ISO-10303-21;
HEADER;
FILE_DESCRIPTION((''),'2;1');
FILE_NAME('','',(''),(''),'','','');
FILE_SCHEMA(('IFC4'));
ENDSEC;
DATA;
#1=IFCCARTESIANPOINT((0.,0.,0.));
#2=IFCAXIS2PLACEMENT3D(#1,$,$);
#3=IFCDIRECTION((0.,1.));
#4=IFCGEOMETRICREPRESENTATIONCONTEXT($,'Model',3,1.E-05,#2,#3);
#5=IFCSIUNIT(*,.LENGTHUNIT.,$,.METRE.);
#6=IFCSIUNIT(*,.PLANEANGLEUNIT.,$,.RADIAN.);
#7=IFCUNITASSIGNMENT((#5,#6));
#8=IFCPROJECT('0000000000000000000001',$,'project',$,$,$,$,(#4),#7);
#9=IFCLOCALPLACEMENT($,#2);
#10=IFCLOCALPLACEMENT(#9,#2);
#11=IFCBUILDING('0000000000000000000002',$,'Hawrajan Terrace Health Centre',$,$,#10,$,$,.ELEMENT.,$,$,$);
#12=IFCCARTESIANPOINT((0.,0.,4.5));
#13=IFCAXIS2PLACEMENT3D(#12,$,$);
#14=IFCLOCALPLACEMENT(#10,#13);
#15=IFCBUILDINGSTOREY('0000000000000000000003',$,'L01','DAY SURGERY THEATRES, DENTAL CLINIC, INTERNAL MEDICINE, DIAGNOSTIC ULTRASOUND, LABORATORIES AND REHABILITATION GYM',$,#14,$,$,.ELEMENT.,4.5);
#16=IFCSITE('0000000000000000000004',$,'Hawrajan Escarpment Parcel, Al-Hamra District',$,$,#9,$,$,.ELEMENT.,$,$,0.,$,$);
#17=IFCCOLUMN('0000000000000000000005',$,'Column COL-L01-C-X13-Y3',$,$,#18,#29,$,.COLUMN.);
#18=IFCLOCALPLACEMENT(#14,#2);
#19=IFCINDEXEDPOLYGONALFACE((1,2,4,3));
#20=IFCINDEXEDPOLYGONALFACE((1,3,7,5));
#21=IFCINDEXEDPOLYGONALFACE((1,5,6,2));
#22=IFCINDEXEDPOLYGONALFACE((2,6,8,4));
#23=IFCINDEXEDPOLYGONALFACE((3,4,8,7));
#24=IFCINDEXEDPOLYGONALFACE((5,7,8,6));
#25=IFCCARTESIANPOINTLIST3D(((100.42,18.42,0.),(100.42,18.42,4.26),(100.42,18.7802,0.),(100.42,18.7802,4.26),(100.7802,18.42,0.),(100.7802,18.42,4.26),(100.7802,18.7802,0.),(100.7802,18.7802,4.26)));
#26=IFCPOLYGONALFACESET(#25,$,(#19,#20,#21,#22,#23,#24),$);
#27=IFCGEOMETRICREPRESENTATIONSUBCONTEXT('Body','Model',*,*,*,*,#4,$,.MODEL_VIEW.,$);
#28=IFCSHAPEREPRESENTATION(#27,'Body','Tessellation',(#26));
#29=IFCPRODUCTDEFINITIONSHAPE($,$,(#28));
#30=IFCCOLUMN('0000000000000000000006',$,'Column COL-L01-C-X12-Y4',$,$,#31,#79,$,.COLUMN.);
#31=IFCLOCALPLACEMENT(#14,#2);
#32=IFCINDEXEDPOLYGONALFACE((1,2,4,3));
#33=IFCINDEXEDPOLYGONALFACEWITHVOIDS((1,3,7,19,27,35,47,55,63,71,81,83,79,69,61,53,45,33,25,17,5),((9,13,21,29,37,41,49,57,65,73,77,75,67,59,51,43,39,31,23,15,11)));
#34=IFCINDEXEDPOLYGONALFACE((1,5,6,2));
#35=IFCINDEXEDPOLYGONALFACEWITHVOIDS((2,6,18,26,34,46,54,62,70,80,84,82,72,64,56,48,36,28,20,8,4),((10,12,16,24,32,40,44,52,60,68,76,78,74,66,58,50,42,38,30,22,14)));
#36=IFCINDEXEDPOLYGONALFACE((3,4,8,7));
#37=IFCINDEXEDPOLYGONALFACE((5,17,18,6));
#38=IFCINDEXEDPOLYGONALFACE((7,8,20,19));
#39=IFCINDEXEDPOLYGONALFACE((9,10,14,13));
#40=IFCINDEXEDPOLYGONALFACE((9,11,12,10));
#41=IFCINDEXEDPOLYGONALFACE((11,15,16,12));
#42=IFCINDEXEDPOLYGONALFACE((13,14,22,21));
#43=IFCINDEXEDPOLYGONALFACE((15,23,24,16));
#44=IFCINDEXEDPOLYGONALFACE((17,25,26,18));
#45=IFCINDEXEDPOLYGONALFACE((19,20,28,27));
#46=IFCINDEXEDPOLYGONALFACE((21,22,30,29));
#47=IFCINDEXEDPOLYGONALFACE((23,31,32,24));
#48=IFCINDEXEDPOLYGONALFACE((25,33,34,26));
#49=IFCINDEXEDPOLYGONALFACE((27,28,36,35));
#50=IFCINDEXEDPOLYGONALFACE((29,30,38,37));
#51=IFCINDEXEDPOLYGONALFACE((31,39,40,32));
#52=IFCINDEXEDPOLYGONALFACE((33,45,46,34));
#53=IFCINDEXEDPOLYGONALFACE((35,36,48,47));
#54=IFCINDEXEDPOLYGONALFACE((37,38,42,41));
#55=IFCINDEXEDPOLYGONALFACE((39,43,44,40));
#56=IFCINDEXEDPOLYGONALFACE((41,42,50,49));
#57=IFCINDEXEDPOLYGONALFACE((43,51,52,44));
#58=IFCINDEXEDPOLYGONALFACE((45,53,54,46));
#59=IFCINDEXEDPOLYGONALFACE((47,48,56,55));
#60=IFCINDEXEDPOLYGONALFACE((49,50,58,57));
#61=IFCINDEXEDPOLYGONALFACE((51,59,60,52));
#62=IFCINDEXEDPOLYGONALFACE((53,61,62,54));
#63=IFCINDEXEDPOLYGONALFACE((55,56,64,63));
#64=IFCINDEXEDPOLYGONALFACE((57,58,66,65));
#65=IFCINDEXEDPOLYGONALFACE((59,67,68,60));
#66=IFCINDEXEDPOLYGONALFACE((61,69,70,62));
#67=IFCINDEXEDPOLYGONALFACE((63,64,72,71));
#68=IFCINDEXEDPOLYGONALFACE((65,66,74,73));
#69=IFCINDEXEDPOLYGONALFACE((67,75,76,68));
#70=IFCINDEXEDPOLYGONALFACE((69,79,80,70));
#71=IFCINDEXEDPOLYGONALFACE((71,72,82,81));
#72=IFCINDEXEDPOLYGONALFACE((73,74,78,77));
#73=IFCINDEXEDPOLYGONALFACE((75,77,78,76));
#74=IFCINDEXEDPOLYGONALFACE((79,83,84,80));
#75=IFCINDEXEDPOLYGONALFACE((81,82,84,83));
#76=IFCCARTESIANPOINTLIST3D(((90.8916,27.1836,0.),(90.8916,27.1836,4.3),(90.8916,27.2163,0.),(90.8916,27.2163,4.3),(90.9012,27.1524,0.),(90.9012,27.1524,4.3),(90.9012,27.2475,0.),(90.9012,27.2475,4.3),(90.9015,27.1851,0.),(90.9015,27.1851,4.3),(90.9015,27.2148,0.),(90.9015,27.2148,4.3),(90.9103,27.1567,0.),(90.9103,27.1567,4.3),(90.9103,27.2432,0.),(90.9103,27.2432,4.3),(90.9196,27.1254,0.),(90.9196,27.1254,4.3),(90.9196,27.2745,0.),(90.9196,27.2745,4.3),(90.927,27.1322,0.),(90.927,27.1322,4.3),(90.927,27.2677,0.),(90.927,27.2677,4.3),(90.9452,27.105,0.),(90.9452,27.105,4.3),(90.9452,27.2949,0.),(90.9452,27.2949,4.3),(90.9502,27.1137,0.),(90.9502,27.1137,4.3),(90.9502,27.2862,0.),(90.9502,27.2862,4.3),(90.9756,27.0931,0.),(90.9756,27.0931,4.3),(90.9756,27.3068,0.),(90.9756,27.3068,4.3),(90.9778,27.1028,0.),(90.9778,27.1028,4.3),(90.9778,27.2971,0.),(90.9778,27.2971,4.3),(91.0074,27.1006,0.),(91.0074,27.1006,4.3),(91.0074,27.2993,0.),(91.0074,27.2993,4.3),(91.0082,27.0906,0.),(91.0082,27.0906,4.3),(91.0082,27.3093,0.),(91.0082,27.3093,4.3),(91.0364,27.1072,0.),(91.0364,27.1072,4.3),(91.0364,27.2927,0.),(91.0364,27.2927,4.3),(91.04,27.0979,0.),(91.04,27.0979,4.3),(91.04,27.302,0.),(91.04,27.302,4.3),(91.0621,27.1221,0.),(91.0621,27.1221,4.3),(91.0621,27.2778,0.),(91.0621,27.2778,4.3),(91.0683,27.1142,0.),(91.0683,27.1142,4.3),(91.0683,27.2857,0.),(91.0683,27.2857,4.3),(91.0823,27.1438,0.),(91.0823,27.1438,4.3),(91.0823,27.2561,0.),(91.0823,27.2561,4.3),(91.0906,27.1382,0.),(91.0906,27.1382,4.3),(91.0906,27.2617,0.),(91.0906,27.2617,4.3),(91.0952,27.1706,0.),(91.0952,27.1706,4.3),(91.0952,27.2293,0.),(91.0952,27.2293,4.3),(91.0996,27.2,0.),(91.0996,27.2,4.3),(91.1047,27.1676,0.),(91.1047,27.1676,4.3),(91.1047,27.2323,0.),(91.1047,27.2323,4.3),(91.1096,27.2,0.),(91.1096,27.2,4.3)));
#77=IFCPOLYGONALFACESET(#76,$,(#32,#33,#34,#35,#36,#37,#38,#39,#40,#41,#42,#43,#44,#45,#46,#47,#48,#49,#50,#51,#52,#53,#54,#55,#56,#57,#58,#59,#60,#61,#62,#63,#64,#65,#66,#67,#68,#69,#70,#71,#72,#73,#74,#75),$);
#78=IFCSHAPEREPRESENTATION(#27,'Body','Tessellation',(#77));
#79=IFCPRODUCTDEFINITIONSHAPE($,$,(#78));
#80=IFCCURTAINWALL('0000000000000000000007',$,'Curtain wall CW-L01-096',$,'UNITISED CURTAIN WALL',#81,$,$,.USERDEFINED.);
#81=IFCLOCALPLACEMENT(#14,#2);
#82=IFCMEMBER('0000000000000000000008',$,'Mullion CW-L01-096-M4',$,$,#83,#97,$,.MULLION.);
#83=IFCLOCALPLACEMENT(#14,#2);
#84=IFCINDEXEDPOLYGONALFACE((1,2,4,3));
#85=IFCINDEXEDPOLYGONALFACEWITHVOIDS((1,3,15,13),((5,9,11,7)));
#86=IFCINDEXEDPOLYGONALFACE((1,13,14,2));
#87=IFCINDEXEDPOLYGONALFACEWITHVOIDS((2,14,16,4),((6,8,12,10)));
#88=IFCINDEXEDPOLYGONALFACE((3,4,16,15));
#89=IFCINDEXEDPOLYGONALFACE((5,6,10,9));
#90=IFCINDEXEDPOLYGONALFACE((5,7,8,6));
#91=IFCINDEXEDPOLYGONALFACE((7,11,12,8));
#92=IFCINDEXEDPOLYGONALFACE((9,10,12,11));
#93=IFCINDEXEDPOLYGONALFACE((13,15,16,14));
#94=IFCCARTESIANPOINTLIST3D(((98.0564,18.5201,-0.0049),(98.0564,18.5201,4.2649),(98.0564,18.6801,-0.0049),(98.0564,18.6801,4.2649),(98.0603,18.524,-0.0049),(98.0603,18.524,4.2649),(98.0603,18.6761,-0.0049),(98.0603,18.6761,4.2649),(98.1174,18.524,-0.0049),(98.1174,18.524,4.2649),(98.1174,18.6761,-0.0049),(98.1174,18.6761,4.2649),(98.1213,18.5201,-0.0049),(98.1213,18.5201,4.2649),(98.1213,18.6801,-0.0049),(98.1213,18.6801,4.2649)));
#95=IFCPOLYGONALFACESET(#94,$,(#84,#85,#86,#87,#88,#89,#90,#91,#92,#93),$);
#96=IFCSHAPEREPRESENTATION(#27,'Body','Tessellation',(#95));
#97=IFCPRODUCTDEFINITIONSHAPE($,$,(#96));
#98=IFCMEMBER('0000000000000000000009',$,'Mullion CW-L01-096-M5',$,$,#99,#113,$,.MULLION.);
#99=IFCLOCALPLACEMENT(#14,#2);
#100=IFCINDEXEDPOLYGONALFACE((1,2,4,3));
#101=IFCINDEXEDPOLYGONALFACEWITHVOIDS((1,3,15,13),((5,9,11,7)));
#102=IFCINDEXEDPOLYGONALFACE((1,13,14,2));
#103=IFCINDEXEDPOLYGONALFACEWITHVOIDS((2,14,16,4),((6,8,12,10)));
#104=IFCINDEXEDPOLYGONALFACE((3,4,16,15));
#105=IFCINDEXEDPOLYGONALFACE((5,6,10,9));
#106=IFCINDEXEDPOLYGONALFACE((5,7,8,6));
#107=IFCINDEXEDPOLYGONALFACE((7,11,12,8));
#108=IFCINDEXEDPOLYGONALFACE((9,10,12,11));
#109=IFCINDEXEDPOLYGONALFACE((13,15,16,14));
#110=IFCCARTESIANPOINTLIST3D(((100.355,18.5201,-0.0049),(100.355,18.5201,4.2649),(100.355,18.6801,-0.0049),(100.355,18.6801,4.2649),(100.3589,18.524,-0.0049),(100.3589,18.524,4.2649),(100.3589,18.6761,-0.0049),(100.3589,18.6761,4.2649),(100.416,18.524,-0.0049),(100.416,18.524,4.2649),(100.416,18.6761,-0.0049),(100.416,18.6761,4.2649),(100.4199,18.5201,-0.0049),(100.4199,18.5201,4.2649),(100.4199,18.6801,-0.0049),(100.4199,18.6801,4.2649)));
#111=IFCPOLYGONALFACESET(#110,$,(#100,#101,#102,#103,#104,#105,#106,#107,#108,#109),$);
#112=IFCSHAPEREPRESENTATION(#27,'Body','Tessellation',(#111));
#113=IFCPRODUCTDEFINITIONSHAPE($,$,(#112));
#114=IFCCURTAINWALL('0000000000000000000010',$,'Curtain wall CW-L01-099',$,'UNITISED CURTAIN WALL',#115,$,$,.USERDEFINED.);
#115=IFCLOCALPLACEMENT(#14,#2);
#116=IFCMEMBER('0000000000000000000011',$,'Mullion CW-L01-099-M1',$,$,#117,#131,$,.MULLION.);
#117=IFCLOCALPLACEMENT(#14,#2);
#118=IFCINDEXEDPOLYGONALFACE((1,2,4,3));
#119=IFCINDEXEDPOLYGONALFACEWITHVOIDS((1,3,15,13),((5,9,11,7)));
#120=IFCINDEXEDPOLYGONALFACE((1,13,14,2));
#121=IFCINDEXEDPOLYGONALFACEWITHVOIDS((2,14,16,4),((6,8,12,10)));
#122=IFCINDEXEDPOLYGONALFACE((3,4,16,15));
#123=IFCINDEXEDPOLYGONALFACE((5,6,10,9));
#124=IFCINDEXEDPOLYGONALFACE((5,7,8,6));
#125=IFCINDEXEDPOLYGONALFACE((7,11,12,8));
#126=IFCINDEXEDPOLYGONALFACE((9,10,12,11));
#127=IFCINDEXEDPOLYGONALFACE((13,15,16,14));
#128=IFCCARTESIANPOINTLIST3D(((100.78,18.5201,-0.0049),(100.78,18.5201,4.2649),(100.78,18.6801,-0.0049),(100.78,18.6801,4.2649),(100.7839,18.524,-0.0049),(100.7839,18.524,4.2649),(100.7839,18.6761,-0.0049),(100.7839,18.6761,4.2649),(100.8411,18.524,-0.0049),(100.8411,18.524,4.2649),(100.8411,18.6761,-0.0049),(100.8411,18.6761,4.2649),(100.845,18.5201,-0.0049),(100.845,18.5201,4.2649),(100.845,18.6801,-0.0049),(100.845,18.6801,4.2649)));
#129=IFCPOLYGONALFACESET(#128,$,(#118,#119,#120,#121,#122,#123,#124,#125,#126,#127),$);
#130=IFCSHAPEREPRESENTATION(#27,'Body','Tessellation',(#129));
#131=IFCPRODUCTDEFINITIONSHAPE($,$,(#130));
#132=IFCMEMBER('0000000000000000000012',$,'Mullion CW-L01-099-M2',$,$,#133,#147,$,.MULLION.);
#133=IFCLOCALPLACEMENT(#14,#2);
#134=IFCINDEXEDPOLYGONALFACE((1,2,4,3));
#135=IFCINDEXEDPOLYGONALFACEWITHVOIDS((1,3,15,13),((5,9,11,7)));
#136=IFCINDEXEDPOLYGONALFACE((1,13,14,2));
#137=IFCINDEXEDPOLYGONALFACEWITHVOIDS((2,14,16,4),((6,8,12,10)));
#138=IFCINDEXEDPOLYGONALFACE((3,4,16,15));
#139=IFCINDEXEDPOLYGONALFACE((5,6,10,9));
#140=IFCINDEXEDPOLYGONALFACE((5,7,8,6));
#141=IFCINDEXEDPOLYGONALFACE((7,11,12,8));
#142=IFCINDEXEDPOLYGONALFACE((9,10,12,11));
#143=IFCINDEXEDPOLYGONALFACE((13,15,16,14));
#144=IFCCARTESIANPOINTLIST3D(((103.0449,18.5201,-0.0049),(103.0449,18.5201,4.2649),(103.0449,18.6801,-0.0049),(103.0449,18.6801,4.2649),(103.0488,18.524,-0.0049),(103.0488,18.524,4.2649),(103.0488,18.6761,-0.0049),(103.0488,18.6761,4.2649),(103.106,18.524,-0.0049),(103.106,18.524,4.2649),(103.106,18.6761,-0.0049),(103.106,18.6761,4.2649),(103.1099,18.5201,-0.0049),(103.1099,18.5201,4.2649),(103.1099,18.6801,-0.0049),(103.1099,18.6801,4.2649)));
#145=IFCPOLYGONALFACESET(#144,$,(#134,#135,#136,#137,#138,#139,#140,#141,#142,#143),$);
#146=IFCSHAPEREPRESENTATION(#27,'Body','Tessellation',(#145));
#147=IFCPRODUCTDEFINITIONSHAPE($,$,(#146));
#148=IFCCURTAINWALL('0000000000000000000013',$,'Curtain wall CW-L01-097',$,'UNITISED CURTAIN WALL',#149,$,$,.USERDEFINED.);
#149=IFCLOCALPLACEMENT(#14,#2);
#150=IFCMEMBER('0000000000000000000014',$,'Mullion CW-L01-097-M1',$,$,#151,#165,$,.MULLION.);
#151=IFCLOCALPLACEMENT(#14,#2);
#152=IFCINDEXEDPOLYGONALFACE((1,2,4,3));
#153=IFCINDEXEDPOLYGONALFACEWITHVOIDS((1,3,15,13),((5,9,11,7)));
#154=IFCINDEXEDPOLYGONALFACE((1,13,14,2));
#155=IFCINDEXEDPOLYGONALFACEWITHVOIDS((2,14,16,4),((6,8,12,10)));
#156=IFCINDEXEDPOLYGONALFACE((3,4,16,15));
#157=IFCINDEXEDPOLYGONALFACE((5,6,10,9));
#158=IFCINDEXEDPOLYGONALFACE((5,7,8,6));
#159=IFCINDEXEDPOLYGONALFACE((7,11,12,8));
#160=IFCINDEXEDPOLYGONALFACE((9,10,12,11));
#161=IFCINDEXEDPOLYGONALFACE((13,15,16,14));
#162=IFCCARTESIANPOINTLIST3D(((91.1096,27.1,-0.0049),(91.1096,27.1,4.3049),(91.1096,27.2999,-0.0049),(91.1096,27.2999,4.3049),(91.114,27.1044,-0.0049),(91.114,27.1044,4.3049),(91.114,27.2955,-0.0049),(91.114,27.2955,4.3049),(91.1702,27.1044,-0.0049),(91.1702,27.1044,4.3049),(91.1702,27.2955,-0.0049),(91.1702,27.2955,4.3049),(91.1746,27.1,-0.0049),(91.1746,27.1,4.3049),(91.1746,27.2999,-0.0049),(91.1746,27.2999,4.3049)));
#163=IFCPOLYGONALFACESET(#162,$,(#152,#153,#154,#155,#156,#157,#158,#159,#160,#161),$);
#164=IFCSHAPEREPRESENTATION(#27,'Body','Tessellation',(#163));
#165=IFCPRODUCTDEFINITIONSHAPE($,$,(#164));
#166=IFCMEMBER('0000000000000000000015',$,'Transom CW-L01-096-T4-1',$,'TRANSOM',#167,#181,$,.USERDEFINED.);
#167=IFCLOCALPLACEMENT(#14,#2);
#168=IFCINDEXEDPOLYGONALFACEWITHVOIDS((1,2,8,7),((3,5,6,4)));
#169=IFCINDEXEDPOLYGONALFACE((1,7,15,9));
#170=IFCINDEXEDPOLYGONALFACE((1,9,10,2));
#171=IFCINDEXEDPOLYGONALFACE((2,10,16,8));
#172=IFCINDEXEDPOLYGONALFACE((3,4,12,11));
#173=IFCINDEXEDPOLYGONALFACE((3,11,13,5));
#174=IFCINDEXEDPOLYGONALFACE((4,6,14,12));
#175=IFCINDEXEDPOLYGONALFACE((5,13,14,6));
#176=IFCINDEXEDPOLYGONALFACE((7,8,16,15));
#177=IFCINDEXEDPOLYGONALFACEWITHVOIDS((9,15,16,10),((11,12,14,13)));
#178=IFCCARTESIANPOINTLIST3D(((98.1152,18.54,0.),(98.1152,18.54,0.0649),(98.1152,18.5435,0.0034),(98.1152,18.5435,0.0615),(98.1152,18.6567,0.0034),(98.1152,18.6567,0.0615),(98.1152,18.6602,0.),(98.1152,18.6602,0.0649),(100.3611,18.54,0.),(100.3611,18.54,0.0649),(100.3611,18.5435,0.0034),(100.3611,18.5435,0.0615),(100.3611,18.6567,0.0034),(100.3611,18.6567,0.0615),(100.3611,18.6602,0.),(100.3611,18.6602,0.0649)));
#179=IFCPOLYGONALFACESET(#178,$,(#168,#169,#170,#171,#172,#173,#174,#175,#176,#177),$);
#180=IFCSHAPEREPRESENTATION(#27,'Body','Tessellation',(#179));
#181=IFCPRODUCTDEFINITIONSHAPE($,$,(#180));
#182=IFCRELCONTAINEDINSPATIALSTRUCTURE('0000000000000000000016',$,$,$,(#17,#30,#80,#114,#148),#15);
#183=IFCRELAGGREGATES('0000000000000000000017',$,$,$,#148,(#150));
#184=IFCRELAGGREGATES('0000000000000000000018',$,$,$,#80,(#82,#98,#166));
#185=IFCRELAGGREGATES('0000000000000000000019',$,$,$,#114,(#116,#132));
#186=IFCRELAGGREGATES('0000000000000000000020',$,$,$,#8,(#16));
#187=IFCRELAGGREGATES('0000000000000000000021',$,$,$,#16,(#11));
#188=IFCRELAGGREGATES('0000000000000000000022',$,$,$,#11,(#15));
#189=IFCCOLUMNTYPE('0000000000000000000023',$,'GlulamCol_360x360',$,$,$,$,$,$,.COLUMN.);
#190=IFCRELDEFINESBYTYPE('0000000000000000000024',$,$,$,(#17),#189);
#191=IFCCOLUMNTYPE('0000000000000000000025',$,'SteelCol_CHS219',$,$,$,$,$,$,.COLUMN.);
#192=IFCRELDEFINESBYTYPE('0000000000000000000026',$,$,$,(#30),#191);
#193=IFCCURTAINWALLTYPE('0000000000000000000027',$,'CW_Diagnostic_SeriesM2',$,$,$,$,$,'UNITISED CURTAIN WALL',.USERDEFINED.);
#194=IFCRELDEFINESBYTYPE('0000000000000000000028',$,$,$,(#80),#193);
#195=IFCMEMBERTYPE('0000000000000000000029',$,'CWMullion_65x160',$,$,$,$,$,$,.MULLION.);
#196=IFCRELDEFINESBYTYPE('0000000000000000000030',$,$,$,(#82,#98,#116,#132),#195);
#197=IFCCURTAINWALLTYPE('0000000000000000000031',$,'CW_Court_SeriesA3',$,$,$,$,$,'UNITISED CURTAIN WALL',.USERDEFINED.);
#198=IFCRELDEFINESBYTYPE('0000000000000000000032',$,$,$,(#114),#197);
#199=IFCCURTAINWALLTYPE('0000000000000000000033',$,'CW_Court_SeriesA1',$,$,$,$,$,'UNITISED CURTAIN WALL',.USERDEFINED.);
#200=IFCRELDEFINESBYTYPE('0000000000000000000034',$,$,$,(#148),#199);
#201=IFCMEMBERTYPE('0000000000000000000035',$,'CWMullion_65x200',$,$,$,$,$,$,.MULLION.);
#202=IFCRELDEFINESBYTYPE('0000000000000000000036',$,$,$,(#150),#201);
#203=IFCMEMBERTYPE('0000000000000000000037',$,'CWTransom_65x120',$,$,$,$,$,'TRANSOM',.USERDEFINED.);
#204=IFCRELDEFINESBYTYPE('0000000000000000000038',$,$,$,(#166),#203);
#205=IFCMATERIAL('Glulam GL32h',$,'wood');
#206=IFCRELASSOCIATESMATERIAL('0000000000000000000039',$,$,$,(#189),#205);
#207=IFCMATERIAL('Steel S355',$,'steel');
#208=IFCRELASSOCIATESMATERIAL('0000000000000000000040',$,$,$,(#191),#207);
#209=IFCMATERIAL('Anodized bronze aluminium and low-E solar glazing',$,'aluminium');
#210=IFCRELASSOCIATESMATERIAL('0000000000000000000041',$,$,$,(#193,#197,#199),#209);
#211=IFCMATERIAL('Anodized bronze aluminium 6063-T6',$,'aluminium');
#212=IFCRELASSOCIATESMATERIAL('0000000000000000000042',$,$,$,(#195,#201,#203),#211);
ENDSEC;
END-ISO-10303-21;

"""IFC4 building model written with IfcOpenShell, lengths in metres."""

from ifc_helpers import new_model, si_unit, direction, frame, origin, origin_2d, place, context, subcontext, project, spatial, rectangle, hollow_rectangle, hollow_circle, extrude, material, material_profile, profile_set, type_object, element, aggregate, save


model = new_model("IFC4")

# Units and contexts
model_context = context("Model", 3, precision=1e-05, world=origin(), true_north=direction((0.0, 1.0)))
body_context = subcontext(model_context, "Body", "Model", "MODEL_VIEW")
ifc_project = project(units=[si_unit("LENGTHUNIT", "METRE"), si_unit("PLANEANGLEUNIT", "RADIAN")], contexts=[model_context])

# Site, building, storey
site_placement = place(None, origin())
site = spatial("IfcSite", under=ifc_project, at=site_placement, Name="Hawrajan Escarpment Parcel, Al-Hamra District", CompositionType="ELEMENT", RefElevation=0.0)
building_placement = place(site_placement, origin())
building = spatial("IfcBuilding", under=site, at=building_placement, Name="Hawrajan Terrace Health Centre", CompositionType="ELEMENT")
storey_placement = place(building_placement, frame((0.0, 0.0, 4.5)))
storey = spatial("IfcBuildingStorey", under=building, at=storey_placement, Name="L01", Description="DAY SURGERY THEATRES, DENTAL CLINIC, INTERNAL MEDICINE, DIAGNOSTIC ULTRASOUND, LABORATORIES AND REHABILITATION GYM", CompositionType="ELEMENT", Elevation=4.5)

# Columns
ifc_material_1 = material(Name="Glulam GL32h", Category="wood")
ifc_material_profile_1 = material_profile(ifc_material_1, rectangle(XDim=0.3601, YDim=0.3601, at=origin_2d()), Name="GL 360x360")
ifc_profile_set_1 = profile_set([ifc_material_profile_1], Name="Glulam GL32h")
column_type_1 = type_object("IfcColumnType", Name="GlulamCol_360x360", PredefinedType="COLUMN", material=ifc_profile_set_1)
column_1_placement = place(storey_placement, frame((100.6001, 18.6001, 0.0), z_axis=(0.0, 0.0, 1.0), x_axis=(1.0, 0.0, 0.0)))
element("IfcColumn", 1, at=column_1_placement, inside=storey, type_object=column_type_1, Name="Column COL-L01-C-X13-Y3", PredefinedType="COLUMN", context=body_context, shape_type="SweptSolid", body=[
    extrude(rectangle(XDim=0.3601, YDim=0.3601, at=origin_2d()), origin(), (0.0, 0.0, 1.0), 4.26),
])
ifc_material_2 = material(Name="Steel S355", Category="steel")
ifc_material_profile_2 = material_profile(ifc_material_2, hollow_circle(Radius=0.1096, WallThickness=0.01, at=origin_2d()), Name="CHS 219.1x10.0")
ifc_profile_set_2 = profile_set([ifc_material_profile_2], Name="Steel S355")
column_type_2 = type_object("IfcColumnType", Name="SteelCol_CHS219", PredefinedType="COLUMN", material=ifc_profile_set_2)
column_2_placement = place(storey_placement, frame((91.0, 27.2, 0.0), z_axis=(0.0, 0.0, 1.0), x_axis=(1.0, 0.0, 0.0)))
element("IfcColumn", 2, at=column_2_placement, inside=storey, type_object=column_type_2, Name="Column COL-L01-C-X12-Y4", PredefinedType="COLUMN", context=body_context, shape_type="SweptSolid", body=[
    extrude(hollow_circle(Radius=0.1096, WallThickness=0.01, at=origin_2d()), origin(), (0.0, 0.0, 1.0), 4.3),
])

# Curtain walls, members
ifc_material_3 = material(Name="Anodized bronze aluminium and low-E solar glazing", Category="aluminium")
curtain_wall_type_1 = type_object("IfcCurtainWallType", Name="CW_Diagnostic_SeriesM2", ElementType="UNITISED CURTAIN WALL", PredefinedType="USERDEFINED", material=ifc_material_3)
curtain_wall_1_placement = place(storey_placement, origin())
curtain_wall_1 = element("IfcCurtainWall", 3, at=curtain_wall_1_placement, inside=storey, type_object=curtain_wall_type_1, Name="Curtain wall CW-L01-096", ObjectType="UNITISED CURTAIN WALL", PredefinedType="USERDEFINED")
ifc_material_4 = material(Name="Anodized bronze aluminium 6063-T6", Category="aluminium")
ifc_material_profile_3 = material_profile(ifc_material_4, hollow_rectangle(XDim=0.0649, YDim=0.1599, WallThickness=0.0039, at=origin_2d()), Name="CW MUL 65x160")
ifc_profile_set_3 = profile_set([ifc_material_profile_3], Name="Anodized bronze aluminium 6063-T6")
member_type_1 = type_object("IfcMemberType", Name="CWMullion_65x160", PredefinedType="MULLION", material=ifc_profile_set_3)
member_1_placement = place(storey_placement, frame((98.0889, 18.6001, -0.0049), z_axis=(0.0, 0.0, 1.0), x_axis=(1.0, 0.0, 0.0)))
member_1 = element("IfcMember", 4, at=member_1_placement, type_object=member_type_1, Name="Mullion CW-L01-096-M4", PredefinedType="MULLION", context=body_context, shape_type="SweptSolid", body=[
    extrude(hollow_rectangle(XDim=0.0649, YDim=0.1599, WallThickness=0.0039, at=origin_2d()), origin(), (0.0, 0.0, 1.0), 4.2698),
])
member_2_placement = place(storey_placement, frame((100.3875, 18.6001, -0.0049), z_axis=(0.0, 0.0, 1.0), x_axis=(1.0, 0.0, 0.0)))
member_2 = element("IfcMember", 5, at=member_2_placement, type_object=member_type_1, Name="Mullion CW-L01-096-M5", PredefinedType="MULLION", context=body_context, shape_type="SweptSolid", body=[
    extrude(hollow_rectangle(XDim=0.0649, YDim=0.1599, WallThickness=0.0039, at=origin_2d()), origin(), (0.0, 0.0, 1.0), 4.2698),
])
curtain_wall_type_2 = type_object("IfcCurtainWallType", Name="CW_Court_SeriesA3", ElementType="UNITISED CURTAIN WALL", PredefinedType="USERDEFINED", material=ifc_material_3)
curtain_wall_2_placement = place(storey_placement, origin())
curtain_wall_2 = element("IfcCurtainWall", 6, at=curtain_wall_2_placement, inside=storey, type_object=curtain_wall_type_2, Name="Curtain wall CW-L01-099", ObjectType="UNITISED CURTAIN WALL", PredefinedType="USERDEFINED")
member_3_placement = place(storey_placement, frame((100.8125, 18.6001, -0.0049), z_axis=(0.0, 0.0, 1.0), x_axis=(1.0, 0.0, 0.0)))
member_3 = element("IfcMember", 7, at=member_3_placement, type_object=member_type_1, Name="Mullion CW-L01-099-M1", PredefinedType="MULLION", context=body_context, shape_type="SweptSolid", body=[
    extrude(hollow_rectangle(XDim=0.0649, YDim=0.1599, WallThickness=0.0039, at=origin_2d()), origin(), (0.0, 0.0, 1.0), 4.2698),
])
member_4_placement = place(storey_placement, frame((103.0774, 18.6001, -0.0049), z_axis=(0.0, 0.0, 1.0), x_axis=(1.0, 0.0, 0.0)))
member_4 = element("IfcMember", 8, at=member_4_placement, type_object=member_type_1, Name="Mullion CW-L01-099-M2", PredefinedType="MULLION", context=body_context, shape_type="SweptSolid", body=[
    extrude(hollow_rectangle(XDim=0.0649, YDim=0.1599, WallThickness=0.0039, at=origin_2d()), origin(), (0.0, 0.0, 1.0), 4.2698),
])

# Curtain wall, member
curtain_wall_type_3 = type_object("IfcCurtainWallType", Name="CW_Court_SeriesA1", ElementType="UNITISED CURTAIN WALL", PredefinedType="USERDEFINED", material=ifc_material_3)
curtain_wall_3_placement = place(storey_placement, origin())
curtain_wall_3 = element("IfcCurtainWall", 9, at=curtain_wall_3_placement, inside=storey, type_object=curtain_wall_type_3, Name="Curtain wall CW-L01-097", ObjectType="UNITISED CURTAIN WALL", PredefinedType="USERDEFINED")
ifc_material_profile_4 = material_profile(ifc_material_4, hollow_rectangle(XDim=0.0649, YDim=0.2, WallThickness=0.0044, at=origin_2d()), Name="CW MUL 65x200")
ifc_profile_set_4 = profile_set([ifc_material_profile_4], Name="Anodized bronze aluminium 6063-T6")
member_type_2 = type_object("IfcMemberType", Name="CWMullion_65x200", PredefinedType="MULLION", material=ifc_profile_set_4)
member_5_placement = place(storey_placement, frame((91.1421, 27.2, -0.0049), z_axis=(0.0, 0.0, 1.0), x_axis=(1.0, 0.0, 0.0)))
member_5 = element("IfcMember", 10, at=member_5_placement, type_object=member_type_2, Name="Mullion CW-L01-097-M1", PredefinedType="MULLION", context=body_context, shape_type="SweptSolid", body=[
    extrude(hollow_rectangle(XDim=0.0649, YDim=0.2, WallThickness=0.0044, at=origin_2d()), origin(), (0.0, 0.0, 1.0), 4.3098),
])

# Member
ifc_material_profile_5 = material_profile(ifc_material_4, hollow_rectangle(XDim=0.0649, YDim=0.1201, WallThickness=0.0034, at=origin_2d()), Name="CW TRN 65x120")
ifc_profile_set_5 = profile_set([ifc_material_profile_5], Name="Anodized bronze aluminium 6063-T6")
member_type_3 = type_object("IfcMemberType", Name="CWTransom_65x120", ElementType="TRANSOM", PredefinedType="USERDEFINED", material=ifc_profile_set_5)
member_6_placement = place(storey_placement, frame((98.1152, 18.6001, 0.0325), z_axis=(1.0, 0.0, 0.0), x_axis=(0.0, 0.0, 1.0)))
member_6 = element("IfcMember", 11, at=member_6_placement, type_object=member_type_3, Name="Transom CW-L01-096-T4-1", ObjectType="TRANSOM", PredefinedType="USERDEFINED", context=body_context, shape_type="SweptSolid", body=[
    extrude(hollow_rectangle(XDim=0.0649, YDim=0.1201, WallThickness=0.0034, at=origin_2d()), origin(), (0.0, 0.0, 1.0), 2.2458),
])
aggregate(curtain_wall_3, [member_5])

aggregate(curtain_wall_1, [member_1, member_2, member_6])
aggregate(curtain_wall_2, [member_3, member_4])

save(model, "model.ifc")
